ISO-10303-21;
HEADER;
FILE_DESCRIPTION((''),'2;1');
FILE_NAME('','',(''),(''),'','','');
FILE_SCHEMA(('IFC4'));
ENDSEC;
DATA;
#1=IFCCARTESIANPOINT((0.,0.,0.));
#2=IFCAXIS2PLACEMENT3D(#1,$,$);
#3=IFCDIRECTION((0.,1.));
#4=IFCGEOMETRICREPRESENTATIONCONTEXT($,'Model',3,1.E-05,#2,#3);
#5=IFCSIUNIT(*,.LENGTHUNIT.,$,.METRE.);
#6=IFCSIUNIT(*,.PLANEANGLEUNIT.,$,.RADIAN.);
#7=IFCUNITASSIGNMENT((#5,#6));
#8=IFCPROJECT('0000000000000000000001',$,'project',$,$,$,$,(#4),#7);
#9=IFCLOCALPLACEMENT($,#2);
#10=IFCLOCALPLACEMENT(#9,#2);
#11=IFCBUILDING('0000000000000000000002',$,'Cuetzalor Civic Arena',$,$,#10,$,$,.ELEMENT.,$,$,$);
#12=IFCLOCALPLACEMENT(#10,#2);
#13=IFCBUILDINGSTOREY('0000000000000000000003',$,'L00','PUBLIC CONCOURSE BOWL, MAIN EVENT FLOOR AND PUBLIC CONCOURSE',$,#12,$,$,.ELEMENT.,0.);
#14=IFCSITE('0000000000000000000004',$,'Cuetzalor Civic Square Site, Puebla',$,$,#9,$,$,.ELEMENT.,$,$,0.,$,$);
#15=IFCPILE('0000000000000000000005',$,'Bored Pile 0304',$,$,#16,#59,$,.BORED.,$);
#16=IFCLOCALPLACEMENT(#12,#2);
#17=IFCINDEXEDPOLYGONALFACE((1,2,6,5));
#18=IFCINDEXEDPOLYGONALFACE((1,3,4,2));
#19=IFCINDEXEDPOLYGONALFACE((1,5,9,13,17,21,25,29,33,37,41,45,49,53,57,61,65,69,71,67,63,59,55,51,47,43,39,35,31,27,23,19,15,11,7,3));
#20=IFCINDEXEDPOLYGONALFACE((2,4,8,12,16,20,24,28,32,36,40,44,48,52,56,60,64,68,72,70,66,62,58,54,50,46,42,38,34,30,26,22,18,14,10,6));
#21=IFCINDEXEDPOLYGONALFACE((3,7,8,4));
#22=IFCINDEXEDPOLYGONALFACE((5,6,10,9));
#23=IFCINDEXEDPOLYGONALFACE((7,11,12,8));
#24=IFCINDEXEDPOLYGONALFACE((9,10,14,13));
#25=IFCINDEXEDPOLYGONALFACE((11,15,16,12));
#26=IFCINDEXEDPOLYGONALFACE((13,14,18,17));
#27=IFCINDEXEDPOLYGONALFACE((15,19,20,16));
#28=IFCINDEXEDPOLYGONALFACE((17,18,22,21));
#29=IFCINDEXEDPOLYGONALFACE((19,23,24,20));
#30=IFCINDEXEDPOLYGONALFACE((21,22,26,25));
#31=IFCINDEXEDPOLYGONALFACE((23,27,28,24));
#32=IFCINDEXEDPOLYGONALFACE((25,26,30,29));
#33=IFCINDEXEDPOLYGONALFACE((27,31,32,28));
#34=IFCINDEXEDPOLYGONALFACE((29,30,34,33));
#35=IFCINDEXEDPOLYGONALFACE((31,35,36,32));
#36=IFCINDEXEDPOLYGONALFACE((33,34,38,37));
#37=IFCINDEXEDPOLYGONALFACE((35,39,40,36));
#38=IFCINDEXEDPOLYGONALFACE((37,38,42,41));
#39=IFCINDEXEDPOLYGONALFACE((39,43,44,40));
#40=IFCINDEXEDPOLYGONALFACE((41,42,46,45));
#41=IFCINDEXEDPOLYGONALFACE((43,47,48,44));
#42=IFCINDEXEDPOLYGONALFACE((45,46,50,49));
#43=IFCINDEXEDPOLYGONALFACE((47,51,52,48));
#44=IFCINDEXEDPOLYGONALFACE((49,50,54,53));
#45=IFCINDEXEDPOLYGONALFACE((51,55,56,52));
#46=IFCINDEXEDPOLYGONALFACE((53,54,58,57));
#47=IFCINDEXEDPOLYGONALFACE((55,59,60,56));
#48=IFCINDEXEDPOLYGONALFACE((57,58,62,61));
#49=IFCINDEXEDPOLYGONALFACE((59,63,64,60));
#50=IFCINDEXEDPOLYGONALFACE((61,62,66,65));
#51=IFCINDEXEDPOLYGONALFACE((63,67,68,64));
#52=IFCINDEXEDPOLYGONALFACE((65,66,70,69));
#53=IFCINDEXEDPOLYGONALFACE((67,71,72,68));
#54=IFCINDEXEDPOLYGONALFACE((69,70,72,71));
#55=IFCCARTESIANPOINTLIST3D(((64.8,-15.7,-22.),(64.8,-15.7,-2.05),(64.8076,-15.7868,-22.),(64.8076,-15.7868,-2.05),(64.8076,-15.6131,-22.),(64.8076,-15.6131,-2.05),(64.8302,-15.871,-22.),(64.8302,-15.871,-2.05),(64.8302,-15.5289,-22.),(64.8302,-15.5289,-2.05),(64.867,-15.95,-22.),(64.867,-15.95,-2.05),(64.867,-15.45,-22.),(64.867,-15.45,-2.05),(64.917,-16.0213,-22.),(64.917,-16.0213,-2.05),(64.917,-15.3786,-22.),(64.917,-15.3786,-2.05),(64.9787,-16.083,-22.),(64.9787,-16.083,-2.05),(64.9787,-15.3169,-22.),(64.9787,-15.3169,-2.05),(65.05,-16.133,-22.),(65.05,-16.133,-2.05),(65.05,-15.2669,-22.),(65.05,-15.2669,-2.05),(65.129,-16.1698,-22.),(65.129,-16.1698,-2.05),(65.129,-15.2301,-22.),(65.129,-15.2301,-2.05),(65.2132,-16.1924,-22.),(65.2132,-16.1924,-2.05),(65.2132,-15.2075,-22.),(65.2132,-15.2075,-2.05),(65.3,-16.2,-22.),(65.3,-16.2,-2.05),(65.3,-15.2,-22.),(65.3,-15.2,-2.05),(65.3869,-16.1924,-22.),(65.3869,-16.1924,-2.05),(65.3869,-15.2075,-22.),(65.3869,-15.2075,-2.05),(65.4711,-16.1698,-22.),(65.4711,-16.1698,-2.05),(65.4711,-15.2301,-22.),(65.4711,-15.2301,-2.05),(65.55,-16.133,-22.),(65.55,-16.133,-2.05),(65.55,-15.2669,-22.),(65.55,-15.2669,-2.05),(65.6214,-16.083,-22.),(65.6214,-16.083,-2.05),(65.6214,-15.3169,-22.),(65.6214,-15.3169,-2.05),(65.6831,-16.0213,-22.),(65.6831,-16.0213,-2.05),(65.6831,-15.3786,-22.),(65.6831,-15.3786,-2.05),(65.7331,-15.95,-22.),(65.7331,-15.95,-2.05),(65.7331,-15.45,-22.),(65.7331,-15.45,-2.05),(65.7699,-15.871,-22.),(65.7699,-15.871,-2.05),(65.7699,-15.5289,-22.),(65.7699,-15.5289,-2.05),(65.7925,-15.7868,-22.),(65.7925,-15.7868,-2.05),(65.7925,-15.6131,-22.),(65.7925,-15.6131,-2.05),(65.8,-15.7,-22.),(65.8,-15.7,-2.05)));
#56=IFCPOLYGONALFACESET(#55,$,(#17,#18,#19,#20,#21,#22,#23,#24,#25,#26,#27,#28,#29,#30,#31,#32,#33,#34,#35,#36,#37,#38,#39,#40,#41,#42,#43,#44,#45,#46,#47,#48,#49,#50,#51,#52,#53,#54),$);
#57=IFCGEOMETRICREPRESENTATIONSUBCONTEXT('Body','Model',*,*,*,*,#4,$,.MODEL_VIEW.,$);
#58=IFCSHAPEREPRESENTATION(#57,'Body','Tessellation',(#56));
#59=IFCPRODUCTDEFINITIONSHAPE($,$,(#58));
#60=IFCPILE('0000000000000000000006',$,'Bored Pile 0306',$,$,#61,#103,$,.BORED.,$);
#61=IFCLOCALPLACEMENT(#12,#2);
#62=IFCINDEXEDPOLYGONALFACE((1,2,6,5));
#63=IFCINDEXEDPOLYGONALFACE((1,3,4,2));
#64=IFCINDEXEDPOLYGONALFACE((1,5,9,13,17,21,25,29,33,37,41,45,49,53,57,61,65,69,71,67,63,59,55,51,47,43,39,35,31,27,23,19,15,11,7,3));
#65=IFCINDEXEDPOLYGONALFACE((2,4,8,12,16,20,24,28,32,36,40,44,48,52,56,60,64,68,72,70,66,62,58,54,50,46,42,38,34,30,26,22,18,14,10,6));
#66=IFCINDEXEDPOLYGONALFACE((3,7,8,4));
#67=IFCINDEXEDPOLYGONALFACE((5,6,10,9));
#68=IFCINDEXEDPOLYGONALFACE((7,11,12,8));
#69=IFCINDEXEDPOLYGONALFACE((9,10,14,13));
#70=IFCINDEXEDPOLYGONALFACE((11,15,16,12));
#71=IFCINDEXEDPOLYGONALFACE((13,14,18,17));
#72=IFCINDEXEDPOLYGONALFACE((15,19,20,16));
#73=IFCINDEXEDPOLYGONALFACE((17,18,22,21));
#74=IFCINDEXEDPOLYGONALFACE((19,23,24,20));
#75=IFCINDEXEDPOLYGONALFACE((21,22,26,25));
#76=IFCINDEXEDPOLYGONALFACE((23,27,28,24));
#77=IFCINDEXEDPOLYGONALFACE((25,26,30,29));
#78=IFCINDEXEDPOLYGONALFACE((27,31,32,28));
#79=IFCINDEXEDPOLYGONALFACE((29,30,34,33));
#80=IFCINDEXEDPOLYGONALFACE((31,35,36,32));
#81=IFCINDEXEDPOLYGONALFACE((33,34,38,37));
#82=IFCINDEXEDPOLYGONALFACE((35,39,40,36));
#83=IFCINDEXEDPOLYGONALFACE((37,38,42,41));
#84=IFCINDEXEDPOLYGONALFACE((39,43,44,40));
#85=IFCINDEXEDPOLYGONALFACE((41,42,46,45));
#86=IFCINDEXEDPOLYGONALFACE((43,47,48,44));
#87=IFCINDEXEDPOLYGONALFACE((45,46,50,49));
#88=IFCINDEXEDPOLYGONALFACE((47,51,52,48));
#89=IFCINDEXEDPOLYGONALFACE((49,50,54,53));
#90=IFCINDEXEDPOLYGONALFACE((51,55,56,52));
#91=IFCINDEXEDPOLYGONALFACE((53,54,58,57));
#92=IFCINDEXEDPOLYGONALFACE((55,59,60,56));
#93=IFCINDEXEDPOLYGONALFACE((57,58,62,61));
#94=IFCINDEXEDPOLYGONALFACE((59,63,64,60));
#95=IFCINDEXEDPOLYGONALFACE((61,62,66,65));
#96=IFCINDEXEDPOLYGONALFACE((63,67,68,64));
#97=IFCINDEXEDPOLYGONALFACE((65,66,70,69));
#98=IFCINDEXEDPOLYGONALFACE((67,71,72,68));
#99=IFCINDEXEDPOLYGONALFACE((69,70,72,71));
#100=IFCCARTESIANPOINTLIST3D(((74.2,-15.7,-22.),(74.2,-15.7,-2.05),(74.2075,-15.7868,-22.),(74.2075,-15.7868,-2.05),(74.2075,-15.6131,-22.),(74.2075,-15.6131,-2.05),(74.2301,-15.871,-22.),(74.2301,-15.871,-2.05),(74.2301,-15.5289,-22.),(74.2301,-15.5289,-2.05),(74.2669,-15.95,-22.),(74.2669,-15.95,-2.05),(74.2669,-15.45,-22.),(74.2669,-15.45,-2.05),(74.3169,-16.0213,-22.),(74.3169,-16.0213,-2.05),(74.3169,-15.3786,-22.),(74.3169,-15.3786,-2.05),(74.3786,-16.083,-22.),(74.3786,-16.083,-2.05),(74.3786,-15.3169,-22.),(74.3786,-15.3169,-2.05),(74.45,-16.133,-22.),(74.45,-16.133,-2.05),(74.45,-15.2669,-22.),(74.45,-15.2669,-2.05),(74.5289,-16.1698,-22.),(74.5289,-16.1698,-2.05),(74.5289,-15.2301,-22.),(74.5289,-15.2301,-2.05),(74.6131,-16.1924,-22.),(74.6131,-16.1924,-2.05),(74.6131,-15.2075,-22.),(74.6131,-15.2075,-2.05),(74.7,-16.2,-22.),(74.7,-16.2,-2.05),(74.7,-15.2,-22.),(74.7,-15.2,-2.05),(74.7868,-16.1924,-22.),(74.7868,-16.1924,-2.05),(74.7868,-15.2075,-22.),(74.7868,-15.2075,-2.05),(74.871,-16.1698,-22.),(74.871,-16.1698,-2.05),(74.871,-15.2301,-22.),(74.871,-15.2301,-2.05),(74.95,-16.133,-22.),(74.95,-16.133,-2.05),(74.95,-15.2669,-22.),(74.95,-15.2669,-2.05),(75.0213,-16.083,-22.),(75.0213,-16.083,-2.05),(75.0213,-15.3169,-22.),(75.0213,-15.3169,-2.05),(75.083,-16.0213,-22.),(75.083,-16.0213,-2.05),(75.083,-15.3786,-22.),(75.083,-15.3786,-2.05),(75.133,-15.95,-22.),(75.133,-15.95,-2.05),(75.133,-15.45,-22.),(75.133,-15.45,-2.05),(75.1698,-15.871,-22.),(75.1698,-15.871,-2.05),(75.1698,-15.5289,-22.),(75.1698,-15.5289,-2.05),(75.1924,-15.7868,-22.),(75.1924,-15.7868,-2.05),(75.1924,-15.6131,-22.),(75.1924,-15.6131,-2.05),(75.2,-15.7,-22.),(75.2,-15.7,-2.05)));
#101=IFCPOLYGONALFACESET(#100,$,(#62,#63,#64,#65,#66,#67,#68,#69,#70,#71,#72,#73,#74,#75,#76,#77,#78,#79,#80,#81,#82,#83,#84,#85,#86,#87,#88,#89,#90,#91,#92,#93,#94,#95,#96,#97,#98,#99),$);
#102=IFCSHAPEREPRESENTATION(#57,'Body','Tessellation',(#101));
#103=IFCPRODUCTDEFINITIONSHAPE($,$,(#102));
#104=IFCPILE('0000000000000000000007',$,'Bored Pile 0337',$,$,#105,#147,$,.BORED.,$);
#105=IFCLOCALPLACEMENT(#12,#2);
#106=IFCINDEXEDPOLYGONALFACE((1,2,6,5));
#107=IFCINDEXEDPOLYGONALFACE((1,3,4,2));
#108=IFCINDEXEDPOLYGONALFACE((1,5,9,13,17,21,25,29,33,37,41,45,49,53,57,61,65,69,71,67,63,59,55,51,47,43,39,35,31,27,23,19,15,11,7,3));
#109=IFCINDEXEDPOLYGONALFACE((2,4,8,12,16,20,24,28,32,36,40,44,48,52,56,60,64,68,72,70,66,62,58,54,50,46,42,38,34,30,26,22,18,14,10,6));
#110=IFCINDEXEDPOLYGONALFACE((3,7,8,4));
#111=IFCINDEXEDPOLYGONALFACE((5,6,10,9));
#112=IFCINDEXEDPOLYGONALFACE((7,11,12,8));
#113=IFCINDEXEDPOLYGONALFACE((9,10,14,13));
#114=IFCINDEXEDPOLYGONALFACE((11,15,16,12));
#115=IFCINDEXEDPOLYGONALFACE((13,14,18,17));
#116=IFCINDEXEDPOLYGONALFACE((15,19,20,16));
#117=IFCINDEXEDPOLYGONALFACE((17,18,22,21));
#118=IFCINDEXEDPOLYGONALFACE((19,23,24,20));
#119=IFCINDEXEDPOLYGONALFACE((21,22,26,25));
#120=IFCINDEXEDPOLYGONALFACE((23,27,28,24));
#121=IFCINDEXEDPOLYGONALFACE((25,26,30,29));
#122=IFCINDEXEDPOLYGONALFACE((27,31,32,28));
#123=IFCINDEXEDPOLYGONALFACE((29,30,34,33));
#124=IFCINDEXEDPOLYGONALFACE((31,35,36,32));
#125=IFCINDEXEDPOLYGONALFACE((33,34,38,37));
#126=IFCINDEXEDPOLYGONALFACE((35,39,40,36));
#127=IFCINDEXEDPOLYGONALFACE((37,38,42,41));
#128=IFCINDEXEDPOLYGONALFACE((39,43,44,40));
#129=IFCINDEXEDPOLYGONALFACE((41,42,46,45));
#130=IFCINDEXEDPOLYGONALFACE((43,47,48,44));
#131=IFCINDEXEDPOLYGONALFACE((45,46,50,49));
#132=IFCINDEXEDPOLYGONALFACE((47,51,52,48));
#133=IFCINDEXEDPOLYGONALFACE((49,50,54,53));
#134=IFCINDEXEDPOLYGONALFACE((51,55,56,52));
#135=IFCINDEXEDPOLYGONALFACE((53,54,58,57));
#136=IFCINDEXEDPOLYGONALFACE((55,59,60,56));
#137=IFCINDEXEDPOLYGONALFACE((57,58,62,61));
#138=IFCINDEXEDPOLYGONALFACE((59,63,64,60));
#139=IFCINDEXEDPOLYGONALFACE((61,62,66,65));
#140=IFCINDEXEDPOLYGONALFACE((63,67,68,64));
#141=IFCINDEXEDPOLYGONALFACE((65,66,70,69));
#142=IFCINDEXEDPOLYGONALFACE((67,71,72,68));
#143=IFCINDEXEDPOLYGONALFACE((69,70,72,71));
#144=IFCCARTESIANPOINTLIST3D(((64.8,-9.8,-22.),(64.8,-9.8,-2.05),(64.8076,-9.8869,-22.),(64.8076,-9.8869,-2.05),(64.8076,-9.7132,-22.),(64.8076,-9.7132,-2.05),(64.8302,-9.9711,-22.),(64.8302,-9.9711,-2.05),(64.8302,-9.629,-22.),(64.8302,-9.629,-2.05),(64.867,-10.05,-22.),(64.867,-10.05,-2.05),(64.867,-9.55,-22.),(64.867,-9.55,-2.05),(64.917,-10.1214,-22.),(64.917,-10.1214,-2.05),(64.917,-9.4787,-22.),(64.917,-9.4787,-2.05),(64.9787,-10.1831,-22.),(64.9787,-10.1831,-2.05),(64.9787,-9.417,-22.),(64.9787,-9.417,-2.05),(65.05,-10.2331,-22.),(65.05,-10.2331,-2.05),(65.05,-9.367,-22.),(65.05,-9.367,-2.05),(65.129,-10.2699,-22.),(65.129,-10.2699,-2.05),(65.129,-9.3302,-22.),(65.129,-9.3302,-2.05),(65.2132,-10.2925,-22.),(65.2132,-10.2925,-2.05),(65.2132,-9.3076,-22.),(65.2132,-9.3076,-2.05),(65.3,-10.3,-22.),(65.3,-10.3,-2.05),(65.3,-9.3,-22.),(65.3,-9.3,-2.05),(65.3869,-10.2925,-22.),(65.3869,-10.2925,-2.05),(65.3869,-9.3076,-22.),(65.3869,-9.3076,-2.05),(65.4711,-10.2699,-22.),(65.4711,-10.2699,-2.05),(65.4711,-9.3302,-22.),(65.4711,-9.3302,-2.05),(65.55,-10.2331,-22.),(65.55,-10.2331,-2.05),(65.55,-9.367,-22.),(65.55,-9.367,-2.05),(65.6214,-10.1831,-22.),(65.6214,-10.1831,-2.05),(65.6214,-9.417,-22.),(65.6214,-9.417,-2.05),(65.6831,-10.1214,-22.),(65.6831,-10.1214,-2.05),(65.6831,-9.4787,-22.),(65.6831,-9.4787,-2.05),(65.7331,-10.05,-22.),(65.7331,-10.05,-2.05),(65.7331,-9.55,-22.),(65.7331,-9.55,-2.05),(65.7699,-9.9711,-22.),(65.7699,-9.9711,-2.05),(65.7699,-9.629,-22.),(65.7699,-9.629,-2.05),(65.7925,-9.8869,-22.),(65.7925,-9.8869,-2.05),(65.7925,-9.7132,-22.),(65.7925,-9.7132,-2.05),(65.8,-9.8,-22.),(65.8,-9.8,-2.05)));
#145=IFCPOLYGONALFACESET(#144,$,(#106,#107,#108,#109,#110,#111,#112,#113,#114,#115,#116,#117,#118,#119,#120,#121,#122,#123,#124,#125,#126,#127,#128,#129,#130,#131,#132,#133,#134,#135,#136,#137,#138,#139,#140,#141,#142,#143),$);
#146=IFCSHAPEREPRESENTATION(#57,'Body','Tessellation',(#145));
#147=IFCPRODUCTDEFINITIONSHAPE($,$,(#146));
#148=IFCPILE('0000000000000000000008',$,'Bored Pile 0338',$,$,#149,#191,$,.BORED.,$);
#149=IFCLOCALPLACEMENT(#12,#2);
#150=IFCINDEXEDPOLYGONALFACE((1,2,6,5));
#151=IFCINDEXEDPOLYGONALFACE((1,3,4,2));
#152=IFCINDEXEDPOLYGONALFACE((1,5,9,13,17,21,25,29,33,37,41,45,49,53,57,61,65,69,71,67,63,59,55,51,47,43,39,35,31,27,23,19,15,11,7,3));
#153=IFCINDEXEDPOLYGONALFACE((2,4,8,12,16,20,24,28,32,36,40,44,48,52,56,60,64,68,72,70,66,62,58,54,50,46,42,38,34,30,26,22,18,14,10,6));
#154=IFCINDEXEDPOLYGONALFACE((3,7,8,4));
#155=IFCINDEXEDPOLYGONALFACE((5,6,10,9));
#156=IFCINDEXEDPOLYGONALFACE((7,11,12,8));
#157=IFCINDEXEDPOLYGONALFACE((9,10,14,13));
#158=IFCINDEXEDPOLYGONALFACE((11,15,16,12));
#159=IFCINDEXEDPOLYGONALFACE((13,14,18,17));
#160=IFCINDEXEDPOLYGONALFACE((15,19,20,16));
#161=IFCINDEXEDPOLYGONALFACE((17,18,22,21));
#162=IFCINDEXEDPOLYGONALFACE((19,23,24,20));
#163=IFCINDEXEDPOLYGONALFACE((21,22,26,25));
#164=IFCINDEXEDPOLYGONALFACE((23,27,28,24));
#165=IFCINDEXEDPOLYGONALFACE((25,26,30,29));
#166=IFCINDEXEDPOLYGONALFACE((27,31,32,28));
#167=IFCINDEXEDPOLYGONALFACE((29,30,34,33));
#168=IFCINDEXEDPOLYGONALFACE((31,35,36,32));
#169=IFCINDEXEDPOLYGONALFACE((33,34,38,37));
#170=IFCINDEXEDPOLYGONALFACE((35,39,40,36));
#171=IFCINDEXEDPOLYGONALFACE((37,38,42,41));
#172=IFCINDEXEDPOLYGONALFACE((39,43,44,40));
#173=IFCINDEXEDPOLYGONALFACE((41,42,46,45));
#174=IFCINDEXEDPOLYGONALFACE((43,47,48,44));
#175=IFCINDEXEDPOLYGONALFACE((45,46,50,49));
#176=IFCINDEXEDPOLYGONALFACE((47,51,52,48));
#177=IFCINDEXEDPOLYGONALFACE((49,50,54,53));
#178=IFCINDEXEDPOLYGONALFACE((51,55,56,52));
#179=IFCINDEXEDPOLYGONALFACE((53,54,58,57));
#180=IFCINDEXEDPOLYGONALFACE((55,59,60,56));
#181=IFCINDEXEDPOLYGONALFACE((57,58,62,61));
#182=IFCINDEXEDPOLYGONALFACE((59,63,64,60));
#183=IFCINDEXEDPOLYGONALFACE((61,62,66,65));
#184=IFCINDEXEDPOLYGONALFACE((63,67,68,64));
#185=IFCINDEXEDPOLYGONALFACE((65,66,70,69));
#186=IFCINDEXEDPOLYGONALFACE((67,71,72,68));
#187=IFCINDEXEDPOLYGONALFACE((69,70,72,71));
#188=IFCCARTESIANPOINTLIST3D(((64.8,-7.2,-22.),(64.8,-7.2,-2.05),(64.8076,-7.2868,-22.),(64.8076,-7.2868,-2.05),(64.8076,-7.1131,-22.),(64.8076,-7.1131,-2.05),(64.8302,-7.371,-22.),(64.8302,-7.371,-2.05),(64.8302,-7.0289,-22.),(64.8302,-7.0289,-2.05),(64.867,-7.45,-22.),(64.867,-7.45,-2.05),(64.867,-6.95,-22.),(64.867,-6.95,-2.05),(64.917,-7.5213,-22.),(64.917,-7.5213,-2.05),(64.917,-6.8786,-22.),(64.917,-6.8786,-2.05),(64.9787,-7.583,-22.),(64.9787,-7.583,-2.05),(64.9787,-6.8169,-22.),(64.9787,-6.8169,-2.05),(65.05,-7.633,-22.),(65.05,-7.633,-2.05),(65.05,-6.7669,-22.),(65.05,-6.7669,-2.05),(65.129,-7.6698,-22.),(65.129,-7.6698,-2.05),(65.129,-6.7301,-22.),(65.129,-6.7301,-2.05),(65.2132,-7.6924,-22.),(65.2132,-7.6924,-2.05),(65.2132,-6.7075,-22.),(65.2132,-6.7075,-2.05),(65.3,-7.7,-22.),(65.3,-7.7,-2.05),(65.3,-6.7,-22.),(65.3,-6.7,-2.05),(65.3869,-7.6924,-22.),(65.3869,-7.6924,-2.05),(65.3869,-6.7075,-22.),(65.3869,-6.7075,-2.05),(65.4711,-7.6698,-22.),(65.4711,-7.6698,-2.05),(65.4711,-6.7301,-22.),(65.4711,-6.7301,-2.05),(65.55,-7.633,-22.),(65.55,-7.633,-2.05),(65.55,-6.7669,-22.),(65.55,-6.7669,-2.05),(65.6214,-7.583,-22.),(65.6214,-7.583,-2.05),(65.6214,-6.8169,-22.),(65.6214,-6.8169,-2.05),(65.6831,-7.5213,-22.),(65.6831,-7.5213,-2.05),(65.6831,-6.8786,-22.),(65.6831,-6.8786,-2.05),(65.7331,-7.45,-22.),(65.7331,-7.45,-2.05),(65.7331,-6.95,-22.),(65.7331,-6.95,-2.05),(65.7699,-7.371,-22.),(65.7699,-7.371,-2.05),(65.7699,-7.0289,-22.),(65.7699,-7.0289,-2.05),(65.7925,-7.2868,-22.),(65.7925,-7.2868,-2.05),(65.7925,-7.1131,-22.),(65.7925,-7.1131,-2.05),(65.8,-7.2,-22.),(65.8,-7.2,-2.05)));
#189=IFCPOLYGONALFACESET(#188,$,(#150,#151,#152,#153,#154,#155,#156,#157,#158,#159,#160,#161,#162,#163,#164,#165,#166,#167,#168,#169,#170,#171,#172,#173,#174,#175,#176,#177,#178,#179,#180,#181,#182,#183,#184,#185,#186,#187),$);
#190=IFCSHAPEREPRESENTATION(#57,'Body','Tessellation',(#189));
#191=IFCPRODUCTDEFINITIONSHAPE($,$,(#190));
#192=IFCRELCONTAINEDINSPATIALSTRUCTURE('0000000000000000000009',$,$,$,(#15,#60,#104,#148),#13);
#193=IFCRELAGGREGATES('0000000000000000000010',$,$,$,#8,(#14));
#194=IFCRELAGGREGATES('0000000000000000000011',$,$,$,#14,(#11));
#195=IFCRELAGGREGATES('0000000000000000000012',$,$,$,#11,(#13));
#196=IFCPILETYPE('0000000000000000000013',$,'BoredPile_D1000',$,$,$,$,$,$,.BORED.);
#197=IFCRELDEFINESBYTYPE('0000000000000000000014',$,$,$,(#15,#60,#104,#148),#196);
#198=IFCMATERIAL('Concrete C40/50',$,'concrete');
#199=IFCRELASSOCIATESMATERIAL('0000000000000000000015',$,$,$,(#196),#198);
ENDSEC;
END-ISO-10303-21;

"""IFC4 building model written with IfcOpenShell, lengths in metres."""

from ifc_helpers import new_model, si_unit, direction, frame, origin, origin_2d, place, context, subcontext, project, spatial, circle, extrude, material, material_profile, profile_set, type_object, element, save


model = new_model("IFC4")

# Units and contexts
model_context = context("Model", 3, precision=1e-05, world=origin(), true_north=direction((0.0, 1.0)))
body_context = subcontext(model_context, "Body", "Model", "MODEL_VIEW")
ifc_project = project(units=[si_unit("LENGTHUNIT", "METRE"), si_unit("PLANEANGLEUNIT", "RADIAN")], contexts=[model_context])

# Site, building, storey
site_placement = place(None, origin())
site = spatial("IfcSite", under=ifc_project, at=site_placement, Name="Cuetzalor Civic Square Site, Puebla", CompositionType="ELEMENT", RefElevation=0.0)
building_placement = place(site_placement, origin())
building = spatial("IfcBuilding", under=site, at=building_placement, Name="Cuetzalor Civic Arena", CompositionType="ELEMENT")
storey_placement = place(building_placement, origin())
storey = spatial("IfcBuildingStorey", under=building, at=storey_placement, Name="L00", Description="PUBLIC CONCOURSE BOWL, MAIN EVENT FLOOR AND PUBLIC CONCOURSE", CompositionType="ELEMENT", Elevation=0.0)

# Piles
ifc_material_1 = material(Name="Concrete C40/50", Category="concrete")
ifc_material_profile_1 = material_profile(ifc_material_1, circle(Radius=0.5, at=origin_2d()), Name="BORED PILE D1000")
ifc_profile_set_1 = profile_set([ifc_material_profile_1], Name="Concrete C40/50")
pile_type = type_object("IfcPileType", Name="BoredPile_D1000", PredefinedType="BORED", material=ifc_profile_set_1)
for number, where, z_axis, x_axis, name in (
    (1, (65.3, -15.7, -2.05), (0.0, 0.0, -1.0), (1.0, 0.0, 0.0), "Bored Pile 0304"),
    (2, (74.7, -15.7, -2.05), (0.0, 0.0, -1.0), (1.0, 0.0, 0.0), "Bored Pile 0306"),
    (3, (65.3, -9.8, -2.05), (0.0, 0.0, -1.0), (1.0, 0.0, 0.0), "Bored Pile 0337"),
    (4, (65.3, -7.2, -2.05), (0.0, 0.0, -1.0), (1.0, 0.0, 0.0), "Bored Pile 0338"),
):
    element("IfcPile", number, at=place(storey_placement, frame(where, z_axis=z_axis, x_axis=x_axis)), inside=storey, type_object=pile_type, Name=name, PredefinedType="BORED", context=body_context, shape_type="SweptSolid", body=[
        extrude(circle(Radius=0.5, at=origin_2d()), origin(), (0.0, 0.0, 1.0), 19.95),
    ])

save(model, "model.ifc")
